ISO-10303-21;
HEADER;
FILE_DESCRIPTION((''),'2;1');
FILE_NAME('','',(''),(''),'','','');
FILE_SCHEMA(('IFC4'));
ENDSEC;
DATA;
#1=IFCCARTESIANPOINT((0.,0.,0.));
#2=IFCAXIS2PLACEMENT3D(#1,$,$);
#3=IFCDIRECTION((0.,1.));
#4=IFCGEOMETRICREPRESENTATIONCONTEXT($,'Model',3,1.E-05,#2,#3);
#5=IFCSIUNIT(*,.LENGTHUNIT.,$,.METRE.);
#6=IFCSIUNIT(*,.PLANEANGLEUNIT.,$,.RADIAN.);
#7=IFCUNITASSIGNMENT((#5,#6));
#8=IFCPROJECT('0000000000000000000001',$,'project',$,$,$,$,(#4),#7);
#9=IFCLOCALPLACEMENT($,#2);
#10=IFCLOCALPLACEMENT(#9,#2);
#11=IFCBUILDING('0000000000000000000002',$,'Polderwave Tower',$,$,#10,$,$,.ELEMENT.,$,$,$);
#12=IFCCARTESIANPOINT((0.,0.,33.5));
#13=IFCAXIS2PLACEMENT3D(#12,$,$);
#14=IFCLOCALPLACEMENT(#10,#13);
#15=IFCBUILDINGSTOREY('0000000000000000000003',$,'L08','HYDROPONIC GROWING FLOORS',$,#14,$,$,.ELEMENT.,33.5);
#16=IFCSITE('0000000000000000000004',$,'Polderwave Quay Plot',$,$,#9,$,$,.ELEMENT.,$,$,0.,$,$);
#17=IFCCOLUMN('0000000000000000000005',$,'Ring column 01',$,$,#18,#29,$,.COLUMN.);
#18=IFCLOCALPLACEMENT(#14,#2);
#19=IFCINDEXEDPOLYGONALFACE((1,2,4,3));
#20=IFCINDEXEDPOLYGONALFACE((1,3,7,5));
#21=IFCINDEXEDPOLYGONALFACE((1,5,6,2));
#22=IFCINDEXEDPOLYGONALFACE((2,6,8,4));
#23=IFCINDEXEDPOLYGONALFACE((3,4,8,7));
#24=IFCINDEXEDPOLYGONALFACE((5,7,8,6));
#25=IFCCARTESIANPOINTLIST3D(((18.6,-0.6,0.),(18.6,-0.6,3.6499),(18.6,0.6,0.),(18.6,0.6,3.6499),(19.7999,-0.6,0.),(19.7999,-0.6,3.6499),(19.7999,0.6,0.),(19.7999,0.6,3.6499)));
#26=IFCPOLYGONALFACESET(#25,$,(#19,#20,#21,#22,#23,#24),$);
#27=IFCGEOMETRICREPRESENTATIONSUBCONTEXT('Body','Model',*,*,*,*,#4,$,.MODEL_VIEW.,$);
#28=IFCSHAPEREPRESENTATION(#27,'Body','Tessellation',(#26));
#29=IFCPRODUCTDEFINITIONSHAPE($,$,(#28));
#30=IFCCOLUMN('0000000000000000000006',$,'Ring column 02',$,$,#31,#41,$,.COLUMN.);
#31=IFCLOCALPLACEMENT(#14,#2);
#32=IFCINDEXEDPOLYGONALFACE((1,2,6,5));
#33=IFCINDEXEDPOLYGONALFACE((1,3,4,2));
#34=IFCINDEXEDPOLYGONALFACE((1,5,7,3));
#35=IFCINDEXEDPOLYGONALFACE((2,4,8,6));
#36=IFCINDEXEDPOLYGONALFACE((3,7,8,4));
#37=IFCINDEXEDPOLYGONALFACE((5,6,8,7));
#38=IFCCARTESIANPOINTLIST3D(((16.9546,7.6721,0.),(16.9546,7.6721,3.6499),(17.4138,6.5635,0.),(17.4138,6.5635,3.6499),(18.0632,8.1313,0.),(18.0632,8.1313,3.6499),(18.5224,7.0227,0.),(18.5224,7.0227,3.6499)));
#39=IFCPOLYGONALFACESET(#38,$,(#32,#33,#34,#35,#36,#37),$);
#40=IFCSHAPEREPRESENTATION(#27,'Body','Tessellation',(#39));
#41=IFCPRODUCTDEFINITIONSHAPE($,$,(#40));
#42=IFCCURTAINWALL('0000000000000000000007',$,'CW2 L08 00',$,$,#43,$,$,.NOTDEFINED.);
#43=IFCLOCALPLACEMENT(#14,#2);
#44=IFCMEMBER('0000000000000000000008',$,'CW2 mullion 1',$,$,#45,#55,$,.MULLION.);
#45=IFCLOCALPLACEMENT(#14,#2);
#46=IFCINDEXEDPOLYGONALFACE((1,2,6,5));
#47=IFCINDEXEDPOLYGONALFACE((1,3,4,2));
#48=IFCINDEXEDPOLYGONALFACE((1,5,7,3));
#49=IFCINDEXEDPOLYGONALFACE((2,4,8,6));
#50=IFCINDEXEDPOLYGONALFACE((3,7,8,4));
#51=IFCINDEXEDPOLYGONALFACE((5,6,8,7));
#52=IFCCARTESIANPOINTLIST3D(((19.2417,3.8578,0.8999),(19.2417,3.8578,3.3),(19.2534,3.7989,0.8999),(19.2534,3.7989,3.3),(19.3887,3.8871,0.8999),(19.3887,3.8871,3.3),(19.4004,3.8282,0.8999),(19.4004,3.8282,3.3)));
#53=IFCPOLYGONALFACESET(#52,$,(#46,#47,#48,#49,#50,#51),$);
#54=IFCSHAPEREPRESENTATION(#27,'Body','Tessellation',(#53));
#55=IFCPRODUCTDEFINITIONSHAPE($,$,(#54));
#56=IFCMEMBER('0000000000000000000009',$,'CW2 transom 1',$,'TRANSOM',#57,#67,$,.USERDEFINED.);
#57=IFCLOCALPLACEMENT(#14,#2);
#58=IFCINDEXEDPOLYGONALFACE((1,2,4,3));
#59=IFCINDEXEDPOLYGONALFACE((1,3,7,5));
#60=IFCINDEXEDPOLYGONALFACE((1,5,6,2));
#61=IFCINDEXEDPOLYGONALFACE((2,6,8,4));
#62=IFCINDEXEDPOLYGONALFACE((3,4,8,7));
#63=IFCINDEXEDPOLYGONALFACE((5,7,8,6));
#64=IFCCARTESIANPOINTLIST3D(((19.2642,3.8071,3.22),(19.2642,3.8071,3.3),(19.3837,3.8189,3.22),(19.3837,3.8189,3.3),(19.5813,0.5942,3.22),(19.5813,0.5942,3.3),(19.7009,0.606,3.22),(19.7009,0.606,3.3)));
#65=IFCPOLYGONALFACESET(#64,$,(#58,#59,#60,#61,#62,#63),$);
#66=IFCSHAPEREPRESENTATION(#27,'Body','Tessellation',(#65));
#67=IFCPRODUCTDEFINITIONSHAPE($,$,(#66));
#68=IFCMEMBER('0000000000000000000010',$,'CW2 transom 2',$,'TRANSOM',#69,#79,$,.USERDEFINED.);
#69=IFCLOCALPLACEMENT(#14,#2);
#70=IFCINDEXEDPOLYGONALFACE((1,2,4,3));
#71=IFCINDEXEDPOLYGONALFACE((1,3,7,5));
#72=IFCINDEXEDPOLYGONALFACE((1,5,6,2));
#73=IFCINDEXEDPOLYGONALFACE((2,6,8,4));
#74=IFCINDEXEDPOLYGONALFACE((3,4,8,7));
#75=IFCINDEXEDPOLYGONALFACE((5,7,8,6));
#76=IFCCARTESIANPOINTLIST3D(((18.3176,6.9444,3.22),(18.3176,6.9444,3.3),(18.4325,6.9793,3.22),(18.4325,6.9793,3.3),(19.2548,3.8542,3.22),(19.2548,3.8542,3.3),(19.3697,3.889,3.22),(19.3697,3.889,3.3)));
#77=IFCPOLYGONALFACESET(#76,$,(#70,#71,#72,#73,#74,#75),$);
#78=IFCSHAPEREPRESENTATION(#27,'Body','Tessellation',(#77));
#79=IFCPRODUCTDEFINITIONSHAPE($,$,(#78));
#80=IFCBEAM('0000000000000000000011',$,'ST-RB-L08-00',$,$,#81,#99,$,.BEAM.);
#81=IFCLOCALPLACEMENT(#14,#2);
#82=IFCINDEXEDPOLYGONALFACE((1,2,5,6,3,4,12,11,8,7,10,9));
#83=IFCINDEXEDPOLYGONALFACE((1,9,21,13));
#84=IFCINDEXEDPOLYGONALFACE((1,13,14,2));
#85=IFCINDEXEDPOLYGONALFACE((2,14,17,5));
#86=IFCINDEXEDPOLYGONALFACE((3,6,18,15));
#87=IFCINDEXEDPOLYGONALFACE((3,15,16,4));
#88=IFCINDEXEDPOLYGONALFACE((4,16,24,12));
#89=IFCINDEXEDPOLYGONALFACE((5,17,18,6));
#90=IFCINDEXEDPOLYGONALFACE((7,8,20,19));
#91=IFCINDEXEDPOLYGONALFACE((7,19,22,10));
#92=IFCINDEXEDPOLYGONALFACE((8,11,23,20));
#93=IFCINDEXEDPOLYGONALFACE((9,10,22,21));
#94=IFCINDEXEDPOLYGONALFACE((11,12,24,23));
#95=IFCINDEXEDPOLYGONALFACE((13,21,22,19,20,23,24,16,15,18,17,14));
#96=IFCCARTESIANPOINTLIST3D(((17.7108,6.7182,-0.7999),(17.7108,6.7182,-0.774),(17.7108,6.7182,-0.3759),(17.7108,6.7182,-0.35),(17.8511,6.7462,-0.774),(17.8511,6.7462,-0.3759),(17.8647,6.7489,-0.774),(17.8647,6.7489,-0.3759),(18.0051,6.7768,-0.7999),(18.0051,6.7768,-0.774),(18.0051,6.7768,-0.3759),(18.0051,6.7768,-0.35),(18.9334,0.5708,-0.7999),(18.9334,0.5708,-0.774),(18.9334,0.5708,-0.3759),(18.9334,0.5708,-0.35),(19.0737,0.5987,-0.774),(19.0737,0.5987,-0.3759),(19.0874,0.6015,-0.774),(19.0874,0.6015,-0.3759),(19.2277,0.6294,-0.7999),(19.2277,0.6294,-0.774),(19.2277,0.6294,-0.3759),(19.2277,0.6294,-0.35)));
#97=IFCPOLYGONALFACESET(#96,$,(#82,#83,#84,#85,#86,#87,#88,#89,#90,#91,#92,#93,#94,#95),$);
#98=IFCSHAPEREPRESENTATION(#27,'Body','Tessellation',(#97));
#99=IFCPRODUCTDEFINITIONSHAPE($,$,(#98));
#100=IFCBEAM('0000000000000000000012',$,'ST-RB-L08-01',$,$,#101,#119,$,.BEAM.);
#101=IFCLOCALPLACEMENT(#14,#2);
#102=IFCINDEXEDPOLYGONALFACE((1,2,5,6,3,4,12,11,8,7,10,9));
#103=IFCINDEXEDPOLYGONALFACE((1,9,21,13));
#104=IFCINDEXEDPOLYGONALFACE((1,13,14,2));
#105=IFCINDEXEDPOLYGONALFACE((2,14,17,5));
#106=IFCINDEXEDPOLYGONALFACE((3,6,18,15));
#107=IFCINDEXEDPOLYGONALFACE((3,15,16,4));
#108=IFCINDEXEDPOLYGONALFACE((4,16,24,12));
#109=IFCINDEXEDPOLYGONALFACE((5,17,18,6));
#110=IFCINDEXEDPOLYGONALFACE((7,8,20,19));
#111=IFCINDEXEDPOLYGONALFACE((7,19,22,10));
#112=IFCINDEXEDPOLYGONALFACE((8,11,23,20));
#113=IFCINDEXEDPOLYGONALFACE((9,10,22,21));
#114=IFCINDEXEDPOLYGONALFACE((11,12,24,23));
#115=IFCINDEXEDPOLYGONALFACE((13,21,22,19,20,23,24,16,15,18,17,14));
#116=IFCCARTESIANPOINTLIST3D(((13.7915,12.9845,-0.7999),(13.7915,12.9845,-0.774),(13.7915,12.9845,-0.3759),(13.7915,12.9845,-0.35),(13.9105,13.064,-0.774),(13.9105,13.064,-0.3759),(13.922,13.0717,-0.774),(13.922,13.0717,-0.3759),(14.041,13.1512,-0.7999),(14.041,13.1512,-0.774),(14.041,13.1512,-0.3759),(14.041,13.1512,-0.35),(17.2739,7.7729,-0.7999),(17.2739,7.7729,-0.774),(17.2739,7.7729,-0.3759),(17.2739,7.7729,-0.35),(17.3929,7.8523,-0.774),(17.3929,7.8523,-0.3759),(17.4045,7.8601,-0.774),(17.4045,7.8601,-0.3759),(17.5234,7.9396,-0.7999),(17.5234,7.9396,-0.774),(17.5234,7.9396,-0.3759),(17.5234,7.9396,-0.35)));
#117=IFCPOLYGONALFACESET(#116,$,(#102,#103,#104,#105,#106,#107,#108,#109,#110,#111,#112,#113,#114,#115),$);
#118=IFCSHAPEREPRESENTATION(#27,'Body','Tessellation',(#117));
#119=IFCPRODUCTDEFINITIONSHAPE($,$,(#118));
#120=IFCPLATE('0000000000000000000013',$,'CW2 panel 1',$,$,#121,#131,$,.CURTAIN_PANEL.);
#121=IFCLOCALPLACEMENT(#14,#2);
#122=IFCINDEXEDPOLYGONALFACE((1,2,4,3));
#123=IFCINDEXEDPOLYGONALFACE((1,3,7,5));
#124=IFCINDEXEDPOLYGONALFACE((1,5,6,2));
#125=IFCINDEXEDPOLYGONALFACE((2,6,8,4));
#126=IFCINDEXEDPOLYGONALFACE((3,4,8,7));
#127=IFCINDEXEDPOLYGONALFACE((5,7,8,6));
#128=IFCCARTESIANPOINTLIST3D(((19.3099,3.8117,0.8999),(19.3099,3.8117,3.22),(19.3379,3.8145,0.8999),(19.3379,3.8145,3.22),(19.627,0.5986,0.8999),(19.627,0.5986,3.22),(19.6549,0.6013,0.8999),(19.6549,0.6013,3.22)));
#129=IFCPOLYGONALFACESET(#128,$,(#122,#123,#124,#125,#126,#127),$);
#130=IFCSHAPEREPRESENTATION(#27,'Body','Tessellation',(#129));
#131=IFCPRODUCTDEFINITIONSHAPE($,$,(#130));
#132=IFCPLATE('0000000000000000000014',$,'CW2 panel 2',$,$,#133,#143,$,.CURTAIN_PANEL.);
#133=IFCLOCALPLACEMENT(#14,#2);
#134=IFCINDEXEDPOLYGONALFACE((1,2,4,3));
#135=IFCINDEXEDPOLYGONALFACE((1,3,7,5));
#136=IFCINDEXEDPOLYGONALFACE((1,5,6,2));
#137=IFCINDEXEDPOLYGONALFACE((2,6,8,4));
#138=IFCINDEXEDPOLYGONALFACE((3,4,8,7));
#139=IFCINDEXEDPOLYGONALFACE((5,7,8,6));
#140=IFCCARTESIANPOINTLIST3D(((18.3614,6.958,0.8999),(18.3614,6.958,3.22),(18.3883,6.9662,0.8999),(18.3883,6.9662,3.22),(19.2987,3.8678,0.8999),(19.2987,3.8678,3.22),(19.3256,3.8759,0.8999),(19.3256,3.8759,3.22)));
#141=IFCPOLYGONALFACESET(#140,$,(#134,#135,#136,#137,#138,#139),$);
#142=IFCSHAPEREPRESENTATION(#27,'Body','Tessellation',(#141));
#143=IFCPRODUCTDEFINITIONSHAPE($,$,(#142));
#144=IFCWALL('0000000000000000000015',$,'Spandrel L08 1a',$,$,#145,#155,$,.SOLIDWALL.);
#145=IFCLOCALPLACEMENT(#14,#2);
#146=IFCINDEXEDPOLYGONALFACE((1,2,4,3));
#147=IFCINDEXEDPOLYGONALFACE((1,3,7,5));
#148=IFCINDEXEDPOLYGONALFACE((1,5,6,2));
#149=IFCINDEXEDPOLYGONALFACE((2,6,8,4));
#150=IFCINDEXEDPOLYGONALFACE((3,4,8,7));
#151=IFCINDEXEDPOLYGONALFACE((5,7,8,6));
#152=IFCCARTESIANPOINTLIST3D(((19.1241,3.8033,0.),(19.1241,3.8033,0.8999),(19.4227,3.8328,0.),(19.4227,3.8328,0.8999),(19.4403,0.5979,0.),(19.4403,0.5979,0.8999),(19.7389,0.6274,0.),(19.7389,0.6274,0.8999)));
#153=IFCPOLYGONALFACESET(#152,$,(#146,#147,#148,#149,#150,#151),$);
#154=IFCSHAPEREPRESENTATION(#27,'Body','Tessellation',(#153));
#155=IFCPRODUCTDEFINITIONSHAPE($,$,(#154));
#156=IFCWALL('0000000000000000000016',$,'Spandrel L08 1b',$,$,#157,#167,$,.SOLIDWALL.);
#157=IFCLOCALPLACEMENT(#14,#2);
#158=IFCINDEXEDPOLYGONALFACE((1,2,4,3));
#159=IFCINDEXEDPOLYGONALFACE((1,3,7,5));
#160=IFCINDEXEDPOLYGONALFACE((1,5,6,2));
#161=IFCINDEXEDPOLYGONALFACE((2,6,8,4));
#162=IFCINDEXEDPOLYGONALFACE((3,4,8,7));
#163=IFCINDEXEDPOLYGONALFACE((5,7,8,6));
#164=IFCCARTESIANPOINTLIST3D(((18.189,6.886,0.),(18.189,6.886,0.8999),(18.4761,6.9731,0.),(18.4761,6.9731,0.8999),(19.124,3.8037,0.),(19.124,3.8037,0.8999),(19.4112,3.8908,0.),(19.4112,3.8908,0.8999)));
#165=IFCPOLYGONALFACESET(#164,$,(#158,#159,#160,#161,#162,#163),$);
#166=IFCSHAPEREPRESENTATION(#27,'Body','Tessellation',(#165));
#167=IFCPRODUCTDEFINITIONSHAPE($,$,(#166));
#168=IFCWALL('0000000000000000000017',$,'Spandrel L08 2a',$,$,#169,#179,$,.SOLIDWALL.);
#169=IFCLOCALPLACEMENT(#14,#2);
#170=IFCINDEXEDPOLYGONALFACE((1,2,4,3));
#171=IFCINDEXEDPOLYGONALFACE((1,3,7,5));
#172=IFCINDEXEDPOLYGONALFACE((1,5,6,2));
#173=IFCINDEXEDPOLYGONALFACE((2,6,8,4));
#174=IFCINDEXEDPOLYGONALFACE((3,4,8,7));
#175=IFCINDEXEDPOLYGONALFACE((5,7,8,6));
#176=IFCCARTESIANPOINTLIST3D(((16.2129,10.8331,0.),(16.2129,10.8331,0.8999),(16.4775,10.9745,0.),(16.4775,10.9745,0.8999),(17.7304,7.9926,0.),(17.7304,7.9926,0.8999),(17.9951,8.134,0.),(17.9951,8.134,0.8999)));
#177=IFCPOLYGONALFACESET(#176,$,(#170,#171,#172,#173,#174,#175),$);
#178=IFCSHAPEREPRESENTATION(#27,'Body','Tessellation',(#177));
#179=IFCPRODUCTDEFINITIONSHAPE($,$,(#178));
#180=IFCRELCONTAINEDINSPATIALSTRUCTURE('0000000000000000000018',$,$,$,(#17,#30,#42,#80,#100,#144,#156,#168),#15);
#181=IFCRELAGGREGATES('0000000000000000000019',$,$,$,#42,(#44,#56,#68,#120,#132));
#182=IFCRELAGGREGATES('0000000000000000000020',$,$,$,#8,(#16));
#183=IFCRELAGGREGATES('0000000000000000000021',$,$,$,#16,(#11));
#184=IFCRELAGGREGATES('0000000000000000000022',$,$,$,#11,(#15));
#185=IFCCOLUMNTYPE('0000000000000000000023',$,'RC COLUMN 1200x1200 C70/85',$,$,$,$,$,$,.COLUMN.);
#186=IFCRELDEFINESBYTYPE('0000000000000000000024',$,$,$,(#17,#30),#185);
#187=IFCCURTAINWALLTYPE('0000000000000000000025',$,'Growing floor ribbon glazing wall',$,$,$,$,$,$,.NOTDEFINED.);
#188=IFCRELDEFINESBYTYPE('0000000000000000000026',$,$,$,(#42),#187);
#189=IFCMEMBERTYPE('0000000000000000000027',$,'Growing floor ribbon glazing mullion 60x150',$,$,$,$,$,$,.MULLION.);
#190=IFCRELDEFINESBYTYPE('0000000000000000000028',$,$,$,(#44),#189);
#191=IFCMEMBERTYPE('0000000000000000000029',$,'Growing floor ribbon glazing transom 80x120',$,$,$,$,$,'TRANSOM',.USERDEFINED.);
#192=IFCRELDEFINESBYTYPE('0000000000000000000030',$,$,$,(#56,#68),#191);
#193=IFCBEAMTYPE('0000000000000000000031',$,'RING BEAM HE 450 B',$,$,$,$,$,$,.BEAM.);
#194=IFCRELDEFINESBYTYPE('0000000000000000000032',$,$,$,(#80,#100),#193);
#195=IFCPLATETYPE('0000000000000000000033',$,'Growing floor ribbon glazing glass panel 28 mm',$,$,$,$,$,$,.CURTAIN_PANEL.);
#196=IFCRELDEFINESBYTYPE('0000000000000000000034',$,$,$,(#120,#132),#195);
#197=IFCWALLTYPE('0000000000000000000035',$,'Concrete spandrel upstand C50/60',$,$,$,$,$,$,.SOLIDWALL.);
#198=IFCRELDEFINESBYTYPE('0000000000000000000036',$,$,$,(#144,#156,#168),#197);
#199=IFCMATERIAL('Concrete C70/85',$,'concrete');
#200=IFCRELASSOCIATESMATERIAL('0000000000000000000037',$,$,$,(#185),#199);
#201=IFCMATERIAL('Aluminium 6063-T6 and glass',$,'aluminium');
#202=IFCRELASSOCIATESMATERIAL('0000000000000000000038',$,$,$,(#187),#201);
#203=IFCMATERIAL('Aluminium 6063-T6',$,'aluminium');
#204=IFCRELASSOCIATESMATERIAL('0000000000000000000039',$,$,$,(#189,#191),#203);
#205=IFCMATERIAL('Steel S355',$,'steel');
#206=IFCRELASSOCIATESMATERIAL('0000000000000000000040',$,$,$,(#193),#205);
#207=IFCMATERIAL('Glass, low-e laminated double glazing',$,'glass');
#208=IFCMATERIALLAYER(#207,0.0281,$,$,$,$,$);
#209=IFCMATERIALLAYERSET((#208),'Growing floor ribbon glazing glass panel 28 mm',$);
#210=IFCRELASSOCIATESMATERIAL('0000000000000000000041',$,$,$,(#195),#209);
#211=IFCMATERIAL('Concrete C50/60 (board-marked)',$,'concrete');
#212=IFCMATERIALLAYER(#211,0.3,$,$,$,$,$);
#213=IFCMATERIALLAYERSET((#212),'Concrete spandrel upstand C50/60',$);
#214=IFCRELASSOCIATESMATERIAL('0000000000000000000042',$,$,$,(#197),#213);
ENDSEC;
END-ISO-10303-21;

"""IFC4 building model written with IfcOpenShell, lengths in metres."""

from ifc_helpers import new_model, si_unit, direction, frame, frame_2d, origin, origin_2d, place, context, subcontext, project, spatial, rectangle, i_section, extrude, material, layer, layer_set, material_profile, profile_set, type_object, element, aggregate, save


model = new_model("IFC4")

# Units and contexts
model_context = context("Model", 3, precision=1e-05, world=origin(), true_north=direction((0.0, 1.0)))
body_context = subcontext(model_context, "Body", "Model", "MODEL_VIEW")
ifc_project = project(units=[si_unit("LENGTHUNIT", "METRE"), si_unit("PLANEANGLEUNIT", "RADIAN")], contexts=[model_context])

# Site, building, storey
site_placement = place(None, origin())
site = spatial("IfcSite", under=ifc_project, at=site_placement, Name="Polderwave Quay Plot", CompositionType="ELEMENT", RefElevation=0.0)
building_placement = place(site_placement, origin())
building = spatial("IfcBuilding", under=site, at=building_placement, Name="Polderwave Tower", CompositionType="ELEMENT")
storey_placement = place(building_placement, frame((0.0, 0.0, 33.5)))
storey = spatial("IfcBuildingStorey", under=building, at=storey_placement, Name="L08", Description="HYDROPONIC GROWING FLOORS", CompositionType="ELEMENT", Elevation=33.5)

# Columns
ifc_material_1 = material(Name="Concrete C70/85", Category="concrete")
ifc_material_profile_1 = material_profile(ifc_material_1, rectangle(XDim=1.2, YDim=1.2, at=origin_2d()), Name="RC 1200x1200")
ifc_profile_set_1 = profile_set([ifc_material_profile_1], Name="Concrete C70/85")
column_type = type_object("IfcColumnType", Name="RC COLUMN 1200x1200 C70/85", PredefinedType="COLUMN", material=ifc_profile_set_1)
for number, where, z_axis, x_axis, name in (
    (1, (19.2, 0.0, 0.0), (0.0, 0.0, 1.0), (1.0, 0.0, 0.0), "Ring column 01"),
    (2, (17.7385, 7.3474, 0.0), (0.0, 0.0, 1.0), (0.92388, 0.382683, 0.0), "Ring column 02"),
):
    element("IfcColumn", number, at=place(storey_placement, frame(where, z_axis=z_axis, x_axis=x_axis)), inside=storey, type_object=column_type, Name=name, PredefinedType="COLUMN", context=body_context, shape_type="SweptSolid", body=[
        extrude(rectangle(XDim=1.2, YDim=1.2, at=origin_2d()), origin(), (0.0, 0.0, 1.0), 3.6499),
    ])

# Curtain wall, members
ifc_material_2 = material(Name="Aluminium 6063-T6 and glass", Category="aluminium")
curtain_wall_type = type_object("IfcCurtainWallType", Name="Growing floor ribbon glazing wall", PredefinedType="NOTDEFINED", material=ifc_material_2)
curtain_wall_placement = place(storey_placement, origin())
curtain_wall = element("IfcCurtainWall", 3, at=curtain_wall_placement, inside=storey, type_object=curtain_wall_type, Name="CW2 L08 00", PredefinedType="NOTDEFINED")
ifc_material_3 = material(Name="Aluminium 6063-T6", Category="aluminium")
ifc_material_profile_2 = material_profile(ifc_material_3, rectangle(XDim=0.1499, YDim=0.0601, at=origin_2d()), Name="AL 60x150")
ifc_profile_set_2 = profile_set([ifc_material_profile_2], Name="Aluminium 6063-T6")
member_type_1 = type_object("IfcMemberType", Name="Growing floor ribbon glazing mullion 60x150", PredefinedType="MULLION", material=ifc_profile_set_2)
member_1_placement = place(storey_placement, frame((19.321, 3.843, 0.8999), z_axis=(0.0, 0.0, 1.0), x_axis=(-0.980772, -0.195159, 0.0)))
member_1 = element("IfcMember", 4, at=member_1_placement, type_object=member_type_1, Name="CW2 mullion 1", PredefinedType="MULLION", context=body_context, shape_type="SweptSolid", body=[
    extrude(rectangle(XDim=0.1499, YDim=0.0601, at=origin_2d()), origin(), (0.0, 0.0, 1.0), 2.4001),
])
ifc_material_profile_3 = material_profile(ifc_material_3, rectangle(XDim=0.1201, YDim=0.0801, at=origin_2d()), Name="AL 80x120")
ifc_profile_set_3 = profile_set([ifc_material_profile_3], Name="Aluminium 6063-T6")
member_type_2 = type_object("IfcMemberType", Name="Growing floor ribbon glazing transom 80x120", ElementType="TRANSOM", PredefinedType="USERDEFINED", material=ifc_profile_set_3)
member_2_placement = place(storey_placement, frame((19.6411, 0.6001, 3.26), z_axis=(-0.098231, 0.995164, 0.0), x_axis=(-0.995164, -0.098231, 0.0)))
member_2 = element("IfcMember", 5, at=member_2_placement, type_object=member_type_2, Name="CW2 transom 1", ObjectType="TRANSOM", PredefinedType="USERDEFINED", context=body_context, shape_type="SweptSolid", body=[
    extrude(rectangle(XDim=0.1201, YDim=0.0801, at=origin_2d()), origin(), (0.0, 0.0, 1.0), 3.2285),
])
member_3_placement = place(storey_placement, frame((19.3123, 3.8716, 3.26), z_axis=(-0.290232, 0.956956, 0.0), x_axis=(-0.956956, -0.290232, 0.0)))
member_3 = element("IfcMember", 6, at=member_3_placement, type_object=member_type_2, Name="CW2 transom 2", ObjectType="TRANSOM", PredefinedType="USERDEFINED", context=body_context, shape_type="SweptSolid", body=[
    extrude(rectangle(XDim=0.1201, YDim=0.0801, at=origin_2d()), origin(), (0.0, 0.0, 1.0), 3.2292),
])

# Beams
ifc_material_4 = material(Name="Steel S355", Category="steel")
ifc_material_profile_4 = material_profile(ifc_material_4, i_section(OverallWidth=0.3, OverallDepth=0.45, WebThickness=0.0139, FlangeThickness=0.0259, at=origin_2d()), Name="HE 450 B")
ifc_profile_set_4 = profile_set([ifc_material_profile_4], Name="Steel S355")
beam_type = type_object("IfcBeamType", Name="RING BEAM HE 450 B", PredefinedType="BEAM", material=ifc_profile_set_4)
beam_1_placement = place(storey_placement, frame((19.0806, 0.6001, -0.575), z_axis=(-0.195067, 0.98079, 0.0), x_axis=(-0.98079, -0.195067, 0.0)))
element("IfcBeam", 7, at=beam_1_placement, inside=storey, type_object=beam_type, Name="ST-RB-L08-00", PredefinedType="BEAM", context=body_context, shape_type="SweptSolid", body=[
    extrude(i_section(OverallWidth=0.3, OverallDepth=0.45, WebThickness=0.0139, FlangeThickness=0.0259, at=origin_2d()), origin(), (0.0, 0.0, 1.0), 6.2678),
])
beam_2_placement = place(storey_placement, frame((17.3987, 7.8562, -0.575), z_axis=(-0.555581, 0.831463, 0.0), x_axis=(-0.831463, -0.555581, 0.0)))
element("IfcBeam", 8, at=beam_2_placement, inside=storey, type_object=beam_type, Name="ST-RB-L08-01", PredefinedType="BEAM", context=body_context, shape_type="SweptSolid", body=[
    extrude(i_section(OverallWidth=0.3, OverallDepth=0.45, WebThickness=0.0139, FlangeThickness=0.0259, at=origin_2d()), origin(), (0.0, 0.0, 1.0), 6.2681),
])

# Plates
ifc_material_5 = material(Name="Glass, low-e laminated double glazing", Category="glass")
ifc_layer_1 = layer(ifc_material_5, 0.0281)
ifc_layer_set_1 = layer_set([ifc_layer_1], Name="Growing floor ribbon glazing glass panel 28 mm")
plate_type = type_object("IfcPlateType", Name="Growing floor ribbon glazing glass panel 28 mm", PredefinedType="CURTAIN_PANEL", material=ifc_layer_set_1)
plate_1_placement = place(storey_placement, frame((19.4824, 2.2065, 0.8999), z_axis=(0.0, 0.0, 1.0), x_axis=(-0.098198, 0.995167, 0.0)))
plate_1 = element("IfcPlate", 9, at=plate_1_placement, type_object=plate_type, Name="CW2 panel 1", PredefinedType="CURTAIN_PANEL", context=body_context, shape_type="SweptSolid", body=[
    extrude(rectangle(XDim=3.2288, YDim=0.0281, at=origin_2d()), origin(), (0.0, 0.0, 1.0), 2.3201),
])
plate_2_placement = place(storey_placement, frame((18.8435, 5.417, 0.8999), z_axis=(0.0, 0.0, 1.0), x_axis=(-0.290246, 0.956952, 0.0)))
plate_2 = element("IfcPlate", 10, at=plate_2_placement, type_object=plate_type, Name="CW2 panel 2", PredefinedType="CURTAIN_PANEL", context=body_context, shape_type="SweptSolid", body=[
    extrude(rectangle(XDim=3.2292, YDim=0.0281, at=origin_2d()), origin(), (0.0, 0.0, 1.0), 2.3201),
])
aggregate(curtain_wall, [member_1, member_2, member_3, plate_1, plate_2])

# Walls
ifc_material_6 = material(Name="Concrete C50/60 (board-marked)", Category="concrete")
ifc_layer_2 = layer(ifc_material_6, 0.3)
ifc_layer_set_2 = layer_set([ifc_layer_2], Name="Concrete spandrel upstand C50/60")
wall_type_1 = type_object("IfcWallType", Name="Concrete spandrel upstand C50/60", PredefinedType="SOLIDWALL", material=ifc_layer_set_2)
for number, where, z_axis, x_axis, name in (
    (11, (19.5896, 0.6128, 0.0), (0.0, 0.0, 1.0), (-0.09816, 0.995171, 0.0), "Spandrel L08 1a"),
    (12, (19.2676, 3.8474, 0.0), (0.0, 0.0, 1.0), (-0.290302, 0.956935, 0.0), "Spandrel L08 1b"),
):
    element("IfcWall", number, at=place(storey_placement, frame(where, z_axis=z_axis, x_axis=x_axis)), inside=storey, type_object=wall_type_1, Name=name, PredefinedType="SOLIDWALL", context=body_context, shape_type="SweptSolid", body=[
        extrude(rectangle(XDim=3.2209, YDim=0.3, at=frame_2d((1.6104, 0.0))), origin(), (0.0, 0.0, 1.0), 0.8999),
    ])
wall_1_placement = place(storey_placement, frame((17.8628, 8.0632, 0.0), z_axis=(0.0, 0.0, 1.0), x_axis=(-0.471218, 0.882017, 0.0)))
element("IfcWall", 13, at=wall_1_placement, inside=storey, type_object=wall_type_1, Name="Spandrel L08 2a", PredefinedType="SOLIDWALL", context=body_context, shape_type="SweptSolid", body=[
    extrude(rectangle(XDim=3.2205, YDim=0.3, at=frame_2d((1.6104, 0.0))), origin(), (0.0, 0.0, 1.0), 0.8999),
])

save(model, "model.ifc")
